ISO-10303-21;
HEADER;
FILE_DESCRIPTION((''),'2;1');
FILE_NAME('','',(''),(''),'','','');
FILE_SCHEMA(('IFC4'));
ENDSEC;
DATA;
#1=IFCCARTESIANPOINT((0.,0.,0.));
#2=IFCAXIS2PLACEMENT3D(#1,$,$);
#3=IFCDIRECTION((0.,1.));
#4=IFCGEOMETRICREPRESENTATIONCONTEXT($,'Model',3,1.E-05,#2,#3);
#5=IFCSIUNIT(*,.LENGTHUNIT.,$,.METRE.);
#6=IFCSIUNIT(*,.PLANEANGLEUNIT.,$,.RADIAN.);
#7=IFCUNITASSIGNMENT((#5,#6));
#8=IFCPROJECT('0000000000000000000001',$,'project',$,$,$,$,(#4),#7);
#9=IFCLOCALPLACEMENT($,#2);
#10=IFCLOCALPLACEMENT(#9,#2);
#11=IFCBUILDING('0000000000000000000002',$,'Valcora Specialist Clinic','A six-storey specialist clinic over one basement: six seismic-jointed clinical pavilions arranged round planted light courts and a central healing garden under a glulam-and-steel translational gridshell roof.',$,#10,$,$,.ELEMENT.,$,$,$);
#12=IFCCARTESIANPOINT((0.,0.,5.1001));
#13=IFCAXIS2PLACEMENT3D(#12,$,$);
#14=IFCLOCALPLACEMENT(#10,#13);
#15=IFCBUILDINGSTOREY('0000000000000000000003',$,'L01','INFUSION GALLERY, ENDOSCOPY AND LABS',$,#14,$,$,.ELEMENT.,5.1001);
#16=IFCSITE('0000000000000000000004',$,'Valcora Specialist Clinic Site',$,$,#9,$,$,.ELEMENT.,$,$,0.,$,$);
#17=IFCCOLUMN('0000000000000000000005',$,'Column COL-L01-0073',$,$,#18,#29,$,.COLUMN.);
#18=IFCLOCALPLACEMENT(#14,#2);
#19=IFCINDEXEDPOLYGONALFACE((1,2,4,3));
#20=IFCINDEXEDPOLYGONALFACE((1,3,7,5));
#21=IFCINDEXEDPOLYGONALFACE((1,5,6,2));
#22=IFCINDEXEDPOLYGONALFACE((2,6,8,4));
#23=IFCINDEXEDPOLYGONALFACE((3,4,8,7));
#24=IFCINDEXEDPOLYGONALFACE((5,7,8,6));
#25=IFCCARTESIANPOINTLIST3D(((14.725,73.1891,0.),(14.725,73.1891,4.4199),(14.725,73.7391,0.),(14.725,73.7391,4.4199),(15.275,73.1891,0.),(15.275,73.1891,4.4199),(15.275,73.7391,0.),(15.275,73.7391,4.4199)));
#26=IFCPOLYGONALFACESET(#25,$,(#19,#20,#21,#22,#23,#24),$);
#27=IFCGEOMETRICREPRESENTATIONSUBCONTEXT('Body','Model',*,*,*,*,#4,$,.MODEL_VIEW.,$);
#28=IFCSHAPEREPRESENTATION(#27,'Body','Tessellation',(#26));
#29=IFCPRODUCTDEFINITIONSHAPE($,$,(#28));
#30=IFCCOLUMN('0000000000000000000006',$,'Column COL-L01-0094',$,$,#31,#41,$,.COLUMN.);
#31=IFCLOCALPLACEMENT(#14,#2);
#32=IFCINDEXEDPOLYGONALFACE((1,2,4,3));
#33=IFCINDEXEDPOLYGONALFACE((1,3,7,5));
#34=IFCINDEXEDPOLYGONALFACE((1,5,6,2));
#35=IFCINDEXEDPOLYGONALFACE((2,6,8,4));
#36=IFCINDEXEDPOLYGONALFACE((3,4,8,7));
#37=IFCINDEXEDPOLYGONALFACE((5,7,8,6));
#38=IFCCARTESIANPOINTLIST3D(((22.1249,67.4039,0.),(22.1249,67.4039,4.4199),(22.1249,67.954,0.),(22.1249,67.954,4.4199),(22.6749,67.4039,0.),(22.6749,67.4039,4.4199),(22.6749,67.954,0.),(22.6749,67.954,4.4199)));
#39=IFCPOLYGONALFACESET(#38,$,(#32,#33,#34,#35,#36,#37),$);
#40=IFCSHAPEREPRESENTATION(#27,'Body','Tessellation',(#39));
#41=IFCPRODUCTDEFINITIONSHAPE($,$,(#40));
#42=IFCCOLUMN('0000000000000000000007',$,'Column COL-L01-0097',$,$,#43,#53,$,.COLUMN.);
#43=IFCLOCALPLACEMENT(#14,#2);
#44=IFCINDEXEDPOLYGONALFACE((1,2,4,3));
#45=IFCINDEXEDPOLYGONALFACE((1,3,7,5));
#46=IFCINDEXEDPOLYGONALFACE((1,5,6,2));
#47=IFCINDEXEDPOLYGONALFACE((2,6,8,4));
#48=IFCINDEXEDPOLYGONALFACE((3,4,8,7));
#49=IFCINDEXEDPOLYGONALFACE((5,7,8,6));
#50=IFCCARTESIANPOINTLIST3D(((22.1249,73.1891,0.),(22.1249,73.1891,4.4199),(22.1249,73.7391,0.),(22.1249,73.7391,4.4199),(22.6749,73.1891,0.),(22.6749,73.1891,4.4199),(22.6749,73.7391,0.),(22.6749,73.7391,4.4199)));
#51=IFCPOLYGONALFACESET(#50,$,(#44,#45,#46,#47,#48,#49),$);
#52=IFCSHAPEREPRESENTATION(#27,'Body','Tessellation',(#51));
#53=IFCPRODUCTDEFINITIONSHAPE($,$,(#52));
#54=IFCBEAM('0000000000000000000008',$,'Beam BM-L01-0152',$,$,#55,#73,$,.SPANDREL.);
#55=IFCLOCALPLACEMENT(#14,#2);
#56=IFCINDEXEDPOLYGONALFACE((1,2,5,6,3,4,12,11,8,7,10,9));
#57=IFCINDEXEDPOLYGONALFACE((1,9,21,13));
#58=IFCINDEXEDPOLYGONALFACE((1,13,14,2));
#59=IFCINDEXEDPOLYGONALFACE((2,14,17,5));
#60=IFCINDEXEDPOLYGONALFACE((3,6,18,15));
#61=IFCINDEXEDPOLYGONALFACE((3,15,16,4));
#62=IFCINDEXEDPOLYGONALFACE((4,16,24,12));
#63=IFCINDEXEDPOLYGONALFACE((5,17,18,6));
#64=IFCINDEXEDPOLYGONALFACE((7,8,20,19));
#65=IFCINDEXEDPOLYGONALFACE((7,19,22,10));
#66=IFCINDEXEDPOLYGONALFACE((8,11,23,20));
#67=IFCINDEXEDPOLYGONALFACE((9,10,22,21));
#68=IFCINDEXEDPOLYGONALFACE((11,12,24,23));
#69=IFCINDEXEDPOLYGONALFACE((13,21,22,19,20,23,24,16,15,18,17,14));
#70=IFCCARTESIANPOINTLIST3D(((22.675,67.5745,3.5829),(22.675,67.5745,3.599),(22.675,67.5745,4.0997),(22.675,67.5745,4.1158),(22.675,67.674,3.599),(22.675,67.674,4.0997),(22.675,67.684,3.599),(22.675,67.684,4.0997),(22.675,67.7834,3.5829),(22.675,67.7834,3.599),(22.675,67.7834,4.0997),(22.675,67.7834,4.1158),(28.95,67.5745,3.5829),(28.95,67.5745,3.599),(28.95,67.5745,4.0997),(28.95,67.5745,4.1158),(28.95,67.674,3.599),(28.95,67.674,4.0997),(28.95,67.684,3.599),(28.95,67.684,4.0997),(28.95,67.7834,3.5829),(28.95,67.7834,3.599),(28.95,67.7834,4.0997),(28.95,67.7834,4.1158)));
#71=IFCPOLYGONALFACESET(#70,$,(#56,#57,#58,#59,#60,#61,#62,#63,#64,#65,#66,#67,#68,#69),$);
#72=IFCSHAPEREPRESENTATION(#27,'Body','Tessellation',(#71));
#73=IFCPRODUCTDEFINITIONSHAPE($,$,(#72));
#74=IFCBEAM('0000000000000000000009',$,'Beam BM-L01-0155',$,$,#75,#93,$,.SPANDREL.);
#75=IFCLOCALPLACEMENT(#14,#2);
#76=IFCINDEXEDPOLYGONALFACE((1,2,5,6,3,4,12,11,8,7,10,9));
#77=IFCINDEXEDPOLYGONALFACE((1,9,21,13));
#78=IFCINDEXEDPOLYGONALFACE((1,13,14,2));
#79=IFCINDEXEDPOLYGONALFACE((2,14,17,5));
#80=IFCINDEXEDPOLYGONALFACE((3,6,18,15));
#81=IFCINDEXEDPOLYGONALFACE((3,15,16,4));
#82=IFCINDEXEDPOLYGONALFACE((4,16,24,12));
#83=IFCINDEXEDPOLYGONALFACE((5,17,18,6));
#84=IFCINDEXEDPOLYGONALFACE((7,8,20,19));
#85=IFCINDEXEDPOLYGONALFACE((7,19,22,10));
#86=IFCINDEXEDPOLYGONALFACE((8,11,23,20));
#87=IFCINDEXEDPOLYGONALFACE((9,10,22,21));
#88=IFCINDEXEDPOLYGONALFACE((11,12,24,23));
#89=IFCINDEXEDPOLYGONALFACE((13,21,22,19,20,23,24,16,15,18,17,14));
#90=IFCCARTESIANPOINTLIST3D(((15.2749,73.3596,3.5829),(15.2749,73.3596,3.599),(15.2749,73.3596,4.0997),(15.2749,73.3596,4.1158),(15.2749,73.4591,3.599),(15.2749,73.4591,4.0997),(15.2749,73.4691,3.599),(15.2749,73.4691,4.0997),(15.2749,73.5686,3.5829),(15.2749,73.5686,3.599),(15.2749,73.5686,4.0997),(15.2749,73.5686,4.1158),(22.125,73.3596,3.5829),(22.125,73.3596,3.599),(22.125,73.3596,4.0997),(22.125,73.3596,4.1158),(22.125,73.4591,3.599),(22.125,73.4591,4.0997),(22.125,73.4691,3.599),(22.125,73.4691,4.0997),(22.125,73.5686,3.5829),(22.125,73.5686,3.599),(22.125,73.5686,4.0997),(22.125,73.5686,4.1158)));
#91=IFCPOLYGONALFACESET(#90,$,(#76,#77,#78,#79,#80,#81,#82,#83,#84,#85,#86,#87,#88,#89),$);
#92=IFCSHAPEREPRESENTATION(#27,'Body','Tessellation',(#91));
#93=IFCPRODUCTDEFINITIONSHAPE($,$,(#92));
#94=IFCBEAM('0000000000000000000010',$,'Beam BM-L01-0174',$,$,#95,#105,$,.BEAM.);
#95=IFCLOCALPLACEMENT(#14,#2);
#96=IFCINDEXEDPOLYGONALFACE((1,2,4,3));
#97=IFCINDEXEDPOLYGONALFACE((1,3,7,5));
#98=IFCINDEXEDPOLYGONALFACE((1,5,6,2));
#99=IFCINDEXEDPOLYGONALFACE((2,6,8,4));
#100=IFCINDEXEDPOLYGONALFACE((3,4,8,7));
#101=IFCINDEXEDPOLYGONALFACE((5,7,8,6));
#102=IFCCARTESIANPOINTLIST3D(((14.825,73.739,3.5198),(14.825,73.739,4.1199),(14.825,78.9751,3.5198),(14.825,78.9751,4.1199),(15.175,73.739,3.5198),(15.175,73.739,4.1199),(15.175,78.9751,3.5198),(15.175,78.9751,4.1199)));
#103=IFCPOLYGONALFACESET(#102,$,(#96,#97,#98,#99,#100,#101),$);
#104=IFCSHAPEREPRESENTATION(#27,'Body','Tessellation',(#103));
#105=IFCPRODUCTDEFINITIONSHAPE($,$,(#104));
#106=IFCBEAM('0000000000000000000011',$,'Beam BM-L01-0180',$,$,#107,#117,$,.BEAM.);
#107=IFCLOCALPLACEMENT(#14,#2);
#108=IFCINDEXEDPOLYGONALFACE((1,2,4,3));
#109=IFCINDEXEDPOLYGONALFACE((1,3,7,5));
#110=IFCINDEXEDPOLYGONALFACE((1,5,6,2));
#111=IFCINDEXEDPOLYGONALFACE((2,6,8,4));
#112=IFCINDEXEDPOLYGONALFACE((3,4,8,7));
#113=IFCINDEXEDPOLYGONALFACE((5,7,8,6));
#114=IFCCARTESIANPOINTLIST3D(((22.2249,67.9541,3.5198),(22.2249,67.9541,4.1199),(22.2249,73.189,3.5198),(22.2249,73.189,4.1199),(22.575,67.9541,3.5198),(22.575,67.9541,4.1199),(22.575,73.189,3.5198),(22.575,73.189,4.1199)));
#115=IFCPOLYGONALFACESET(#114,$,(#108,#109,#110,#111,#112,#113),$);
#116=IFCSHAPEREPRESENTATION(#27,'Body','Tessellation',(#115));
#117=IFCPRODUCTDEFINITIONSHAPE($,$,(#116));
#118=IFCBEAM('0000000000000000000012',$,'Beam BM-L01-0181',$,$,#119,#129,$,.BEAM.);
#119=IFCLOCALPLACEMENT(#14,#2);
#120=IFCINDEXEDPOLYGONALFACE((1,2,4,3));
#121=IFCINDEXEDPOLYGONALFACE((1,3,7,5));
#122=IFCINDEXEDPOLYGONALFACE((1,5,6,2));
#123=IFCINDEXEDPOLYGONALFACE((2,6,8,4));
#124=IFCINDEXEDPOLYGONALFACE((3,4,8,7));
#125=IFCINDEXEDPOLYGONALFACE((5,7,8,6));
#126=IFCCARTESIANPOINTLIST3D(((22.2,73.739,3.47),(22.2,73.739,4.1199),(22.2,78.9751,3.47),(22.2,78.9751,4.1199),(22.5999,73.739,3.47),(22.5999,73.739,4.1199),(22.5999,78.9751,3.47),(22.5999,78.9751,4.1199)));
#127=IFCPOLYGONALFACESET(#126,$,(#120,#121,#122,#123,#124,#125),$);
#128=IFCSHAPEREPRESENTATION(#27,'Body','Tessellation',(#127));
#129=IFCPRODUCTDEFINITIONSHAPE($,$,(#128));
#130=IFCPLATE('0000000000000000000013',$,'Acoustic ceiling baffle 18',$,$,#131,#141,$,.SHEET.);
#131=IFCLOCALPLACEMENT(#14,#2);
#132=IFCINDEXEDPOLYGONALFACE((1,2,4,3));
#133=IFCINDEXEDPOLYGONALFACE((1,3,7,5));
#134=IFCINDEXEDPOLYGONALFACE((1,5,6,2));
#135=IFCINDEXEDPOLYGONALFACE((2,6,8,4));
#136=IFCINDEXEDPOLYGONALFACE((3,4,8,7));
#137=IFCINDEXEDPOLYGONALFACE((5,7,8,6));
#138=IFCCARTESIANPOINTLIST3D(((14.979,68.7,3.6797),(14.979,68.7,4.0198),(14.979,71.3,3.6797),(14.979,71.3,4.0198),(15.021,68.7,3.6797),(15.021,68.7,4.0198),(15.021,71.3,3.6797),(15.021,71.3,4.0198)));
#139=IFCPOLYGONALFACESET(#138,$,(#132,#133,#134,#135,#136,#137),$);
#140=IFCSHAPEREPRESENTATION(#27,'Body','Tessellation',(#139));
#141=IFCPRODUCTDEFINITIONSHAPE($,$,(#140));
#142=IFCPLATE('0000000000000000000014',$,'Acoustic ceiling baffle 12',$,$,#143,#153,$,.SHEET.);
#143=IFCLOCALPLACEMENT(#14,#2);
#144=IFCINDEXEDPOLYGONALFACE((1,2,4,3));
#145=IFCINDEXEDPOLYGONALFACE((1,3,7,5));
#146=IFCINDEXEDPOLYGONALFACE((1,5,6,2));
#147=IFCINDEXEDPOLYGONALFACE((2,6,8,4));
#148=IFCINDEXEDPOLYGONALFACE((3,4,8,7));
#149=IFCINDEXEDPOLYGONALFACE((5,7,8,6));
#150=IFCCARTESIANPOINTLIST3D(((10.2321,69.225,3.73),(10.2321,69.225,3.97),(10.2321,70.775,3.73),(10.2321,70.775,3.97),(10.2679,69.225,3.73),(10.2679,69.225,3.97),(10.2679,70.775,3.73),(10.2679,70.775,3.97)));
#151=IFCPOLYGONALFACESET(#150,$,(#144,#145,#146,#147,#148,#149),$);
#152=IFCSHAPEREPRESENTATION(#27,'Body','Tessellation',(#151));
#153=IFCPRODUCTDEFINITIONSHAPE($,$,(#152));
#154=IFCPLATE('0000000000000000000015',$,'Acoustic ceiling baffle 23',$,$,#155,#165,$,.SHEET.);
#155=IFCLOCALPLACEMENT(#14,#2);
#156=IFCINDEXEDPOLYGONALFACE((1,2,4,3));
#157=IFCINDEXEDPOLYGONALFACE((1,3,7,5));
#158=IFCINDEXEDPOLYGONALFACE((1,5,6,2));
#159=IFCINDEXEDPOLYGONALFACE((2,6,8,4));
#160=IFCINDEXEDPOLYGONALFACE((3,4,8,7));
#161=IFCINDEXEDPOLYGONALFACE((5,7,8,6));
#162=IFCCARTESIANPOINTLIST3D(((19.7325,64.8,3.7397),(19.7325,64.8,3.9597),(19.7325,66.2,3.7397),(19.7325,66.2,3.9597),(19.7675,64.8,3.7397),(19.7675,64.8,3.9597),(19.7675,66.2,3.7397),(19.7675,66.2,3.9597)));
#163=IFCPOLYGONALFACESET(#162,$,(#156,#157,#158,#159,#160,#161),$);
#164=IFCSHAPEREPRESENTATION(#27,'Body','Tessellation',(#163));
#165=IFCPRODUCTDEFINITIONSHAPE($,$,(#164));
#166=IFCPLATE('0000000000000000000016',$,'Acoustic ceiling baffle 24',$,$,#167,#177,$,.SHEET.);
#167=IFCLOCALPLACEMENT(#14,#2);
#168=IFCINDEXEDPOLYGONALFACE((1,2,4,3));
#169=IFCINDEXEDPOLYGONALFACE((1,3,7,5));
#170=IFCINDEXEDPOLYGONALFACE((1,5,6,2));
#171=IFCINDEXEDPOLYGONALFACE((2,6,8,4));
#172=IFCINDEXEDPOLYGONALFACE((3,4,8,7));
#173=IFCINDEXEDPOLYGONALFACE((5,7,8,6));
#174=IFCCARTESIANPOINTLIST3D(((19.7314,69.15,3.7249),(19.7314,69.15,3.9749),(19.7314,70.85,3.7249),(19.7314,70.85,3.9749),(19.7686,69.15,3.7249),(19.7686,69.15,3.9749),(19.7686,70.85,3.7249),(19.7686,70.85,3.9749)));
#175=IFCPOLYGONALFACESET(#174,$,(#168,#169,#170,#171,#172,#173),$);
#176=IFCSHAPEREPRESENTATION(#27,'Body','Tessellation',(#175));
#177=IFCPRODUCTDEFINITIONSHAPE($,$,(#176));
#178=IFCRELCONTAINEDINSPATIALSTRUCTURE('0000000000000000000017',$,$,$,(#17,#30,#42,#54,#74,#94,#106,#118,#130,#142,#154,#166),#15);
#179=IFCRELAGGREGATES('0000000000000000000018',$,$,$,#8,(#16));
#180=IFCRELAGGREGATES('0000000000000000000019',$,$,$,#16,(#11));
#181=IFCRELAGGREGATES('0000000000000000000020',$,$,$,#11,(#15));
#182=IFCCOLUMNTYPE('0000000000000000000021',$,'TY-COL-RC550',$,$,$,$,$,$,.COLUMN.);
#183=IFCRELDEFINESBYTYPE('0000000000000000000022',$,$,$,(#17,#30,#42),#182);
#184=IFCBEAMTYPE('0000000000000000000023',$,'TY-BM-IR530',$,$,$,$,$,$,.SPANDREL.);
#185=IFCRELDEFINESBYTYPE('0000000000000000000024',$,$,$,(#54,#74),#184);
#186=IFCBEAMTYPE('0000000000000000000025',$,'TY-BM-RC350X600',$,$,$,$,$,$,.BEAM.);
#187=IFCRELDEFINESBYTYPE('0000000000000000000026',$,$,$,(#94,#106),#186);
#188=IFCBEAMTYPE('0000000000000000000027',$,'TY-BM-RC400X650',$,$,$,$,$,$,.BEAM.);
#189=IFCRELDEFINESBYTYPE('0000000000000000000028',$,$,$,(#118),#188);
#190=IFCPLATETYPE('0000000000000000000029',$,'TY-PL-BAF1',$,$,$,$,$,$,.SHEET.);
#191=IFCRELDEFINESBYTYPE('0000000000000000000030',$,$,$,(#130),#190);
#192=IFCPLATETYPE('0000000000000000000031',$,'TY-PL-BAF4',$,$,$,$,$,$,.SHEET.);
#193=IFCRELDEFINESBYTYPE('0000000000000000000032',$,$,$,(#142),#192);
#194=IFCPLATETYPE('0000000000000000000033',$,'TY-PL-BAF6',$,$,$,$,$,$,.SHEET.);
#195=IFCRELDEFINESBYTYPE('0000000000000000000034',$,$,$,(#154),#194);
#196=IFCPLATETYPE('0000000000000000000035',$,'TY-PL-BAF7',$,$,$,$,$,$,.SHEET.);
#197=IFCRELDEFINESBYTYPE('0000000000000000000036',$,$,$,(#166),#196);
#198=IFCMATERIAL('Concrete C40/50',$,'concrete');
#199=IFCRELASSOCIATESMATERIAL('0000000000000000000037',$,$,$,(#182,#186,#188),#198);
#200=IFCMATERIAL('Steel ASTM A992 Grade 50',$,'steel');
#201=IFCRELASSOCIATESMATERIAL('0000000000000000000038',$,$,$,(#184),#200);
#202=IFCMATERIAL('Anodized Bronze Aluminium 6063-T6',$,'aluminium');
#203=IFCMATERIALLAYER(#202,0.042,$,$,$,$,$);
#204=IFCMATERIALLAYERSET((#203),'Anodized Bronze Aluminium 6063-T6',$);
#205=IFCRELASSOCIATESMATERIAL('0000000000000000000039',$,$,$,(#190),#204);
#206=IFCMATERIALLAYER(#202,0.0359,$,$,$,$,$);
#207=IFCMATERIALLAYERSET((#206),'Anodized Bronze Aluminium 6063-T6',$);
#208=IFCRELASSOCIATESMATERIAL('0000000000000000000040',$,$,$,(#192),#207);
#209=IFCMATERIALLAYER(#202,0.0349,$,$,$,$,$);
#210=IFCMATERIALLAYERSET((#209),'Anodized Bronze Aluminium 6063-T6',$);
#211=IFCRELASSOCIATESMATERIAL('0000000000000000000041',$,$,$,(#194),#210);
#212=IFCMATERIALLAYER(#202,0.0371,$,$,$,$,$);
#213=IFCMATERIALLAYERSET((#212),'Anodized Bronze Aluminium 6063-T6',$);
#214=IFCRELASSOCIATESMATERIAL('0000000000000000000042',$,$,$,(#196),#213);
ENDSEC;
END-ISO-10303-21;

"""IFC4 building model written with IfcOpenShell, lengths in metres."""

from ifc_helpers import new_model, si_unit, direction, frame, origin, origin_2d, place, context, subcontext, project, spatial, rectangle, i_section, extrude, material, layer, layer_set, material_profile, profile_set, type_object, element, save


model = new_model("IFC4")

# Units and contexts
model_context = context("Model", 3, precision=1e-05, world=origin(), true_north=direction((0.0, 1.0)))
body_context = subcontext(model_context, "Body", "Model", "MODEL_VIEW")
ifc_project = project(units=[si_unit("LENGTHUNIT", "METRE"), si_unit("PLANEANGLEUNIT", "RADIAN")], contexts=[model_context])

# Site, building, storey
site_placement = place(None, origin())
site = spatial("IfcSite", under=ifc_project, at=site_placement, Name="Valcora Specialist Clinic Site", CompositionType="ELEMENT", RefElevation=0.0)
building_placement = place(site_placement, origin())
building = spatial("IfcBuilding", under=site, at=building_placement, Name="Valcora Specialist Clinic", Description="A six-storey specialist clinic over one basement: six seismic-jointed clinical pavilions arranged round planted light courts and a central healing garden under a glulam-and-steel translational gridshell roof.", CompositionType="ELEMENT")
storey_placement = place(building_placement, frame((0.0, 0.0, 5.1001)))
storey = spatial("IfcBuildingStorey", under=building, at=storey_placement, Name="L01", Description="INFUSION GALLERY, ENDOSCOPY AND LABS", CompositionType="ELEMENT", Elevation=5.1001)

# Columns
ifc_material_1 = material(Name="Concrete C40/50", Category="concrete")
ifc_material_profile_1 = material_profile(ifc_material_1, rectangle(XDim=0.55, YDim=0.55, at=origin_2d()), Name="RC-COL-550X550")
ifc_profile_set_1 = profile_set([ifc_material_profile_1], Name="Concrete C40/50")
column_type = type_object("IfcColumnType", Name="TY-COL-RC550", PredefinedType="COLUMN", material=ifc_profile_set_1)
for number, where, z_axis, x_axis, name in (
    (1, (15.0, 73.4641, 0.0), (0.0, 0.0, 1.0), (1.0, 0.0, 0.0), "Column COL-L01-0073"),
    (2, (22.3999, 67.679, 0.0), (0.0, 0.0, 1.0), (1.0, 0.0, 0.0), "Column COL-L01-0094"),
    (3, (22.3999, 73.4641, 0.0), (0.0, 0.0, 1.0), (1.0, 0.0, 0.0), "Column COL-L01-0097"),
):
    element("IfcColumn", number, at=place(storey_placement, frame(where, z_axis=z_axis, x_axis=x_axis)), inside=storey, type_object=column_type, Name=name, PredefinedType="COLUMN", context=body_context, shape_type="SweptSolid", body=[
        extrude(rectangle(XDim=0.55, YDim=0.55, at=origin_2d()), origin(), (0.0, 0.0, 1.0), 4.4199),
    ])

# Beams
ifc_material_2 = material(Name="Steel ASTM A992 Grade 50", Category="steel")
ifc_material_profile_2 = material_profile(ifc_material_2, i_section(OverallWidth=0.209, OverallDepth=0.533, WebThickness=0.01, FlangeThickness=0.0161, at=origin_2d()), Name="ST-IR-530X210")
ifc_profile_set_2 = profile_set([ifc_material_profile_2], Name="Steel ASTM A992 Grade 50")
beam_type_1 = type_object("IfcBeamType", Name="TY-BM-IR530", PredefinedType="SPANDREL", material=ifc_profile_set_2)
beam_1_placement = place(storey_placement, frame((22.675, 67.679, 3.8494), z_axis=(1.0, 0.0, 0.0), x_axis=(0.0, 1.0, 0.0)))
element("IfcBeam", 4, at=beam_1_placement, inside=storey, type_object=beam_type_1, Name="Beam BM-L01-0152", PredefinedType="SPANDREL", context=body_context, shape_type="SweptSolid", body=[
    extrude(i_section(OverallWidth=0.209, OverallDepth=0.533, WebThickness=0.01, FlangeThickness=0.0161, at=origin_2d()), origin(), (0.0, 0.0, 1.0), 6.2749),
])
beam_2_placement = place(storey_placement, frame((15.2749, 73.4641, 3.8494), z_axis=(1.0, 0.0, 0.0), x_axis=(0.0, 1.0, 0.0)))
element("IfcBeam", 5, at=beam_2_placement, inside=storey, type_object=beam_type_1, Name="Beam BM-L01-0155", PredefinedType="SPANDREL", context=body_context, shape_type="SweptSolid", body=[
    extrude(i_section(OverallWidth=0.209, OverallDepth=0.533, WebThickness=0.01, FlangeThickness=0.0161, at=origin_2d()), origin(), (0.0, 0.0, 1.0), 6.8501),
])
ifc_material_profile_3 = material_profile(ifc_material_1, rectangle(XDim=0.3501, YDim=0.6001, at=origin_2d()), Name="RC-BM-350X600")
ifc_profile_set_3 = profile_set([ifc_material_profile_3], Name="Concrete C40/50")
beam_type_2 = type_object("IfcBeamType", Name="TY-BM-RC350X600", PredefinedType="BEAM", material=ifc_profile_set_3)
beam_3_placement = place(storey_placement, frame((15.0, 73.739, 3.8198), z_axis=(0.0, 1.0, 0.0), x_axis=(-1.0, 0.0, 0.0)))
element("IfcBeam", 6, at=beam_3_placement, inside=storey, type_object=beam_type_2, Name="Beam BM-L01-0174", PredefinedType="BEAM", context=body_context, shape_type="SweptSolid", body=[
    extrude(rectangle(XDim=0.3501, YDim=0.6001, at=origin_2d()), origin(), (0.0, 0.0, 1.0), 5.2361),
])
beam_4_placement = place(storey_placement, frame((22.3999, 67.9541, 3.8198), z_axis=(0.0, 1.0, 0.0), x_axis=(-1.0, 0.0, 0.0)))
element("IfcBeam", 7, at=beam_4_placement, inside=storey, type_object=beam_type_2, Name="Beam BM-L01-0180", PredefinedType="BEAM", context=body_context, shape_type="SweptSolid", body=[
    extrude(rectangle(XDim=0.3501, YDim=0.6001, at=origin_2d()), origin(), (0.0, 0.0, 1.0), 5.2349),
])
ifc_material_profile_4 = material_profile(ifc_material_1, rectangle(XDim=0.3999, YDim=0.6499, at=origin_2d()), Name="RC-BM-400X650")
ifc_profile_set_4 = profile_set([ifc_material_profile_4], Name="Concrete C40/50")
beam_type_3 = type_object("IfcBeamType", Name="TY-BM-RC400X650", PredefinedType="BEAM", material=ifc_profile_set_4)
beam_5_placement = place(storey_placement, frame((22.3999, 73.739, 3.7949), z_axis=(0.0, 1.0, 0.0), x_axis=(-1.0, 0.0, 0.0)))
element("IfcBeam", 8, at=beam_5_placement, inside=storey, type_object=beam_type_3, Name="Beam BM-L01-0181", PredefinedType="BEAM", context=body_context, shape_type="SweptSolid", body=[
    extrude(rectangle(XDim=0.3999, YDim=0.6499, at=origin_2d()), origin(), (0.0, 0.0, 1.0), 5.2361),
])

# Plates
ifc_material_3 = material(Name="Anodized Bronze Aluminium 6063-T6", Category="aluminium")
ifc_layer_1 = layer(ifc_material_3, 0.042)
ifc_layer_set_1 = layer_set([ifc_layer_1], Name="Anodized Bronze Aluminium 6063-T6")
plate_type_1 = type_object("IfcPlateType", Name="TY-PL-BAF1", PredefinedType="SHEET", material=ifc_layer_set_1)
plate_1_placement = place(storey_placement, frame((15.0, 70.0, 3.6797), z_axis=(0.0, 0.0, 1.0), x_axis=(0.0, 1.0, 0.0)))
element("IfcPlate", 9, at=plate_1_placement, inside=storey, type_object=plate_type_1, Name="Acoustic ceiling baffle 18", PredefinedType="SHEET", context=body_context, shape_type="SweptSolid", body=[
    extrude(rectangle(XDim=2.6001, YDim=0.042, at=origin_2d()), origin(), (0.0, 0.0, 1.0), 0.3401),
])
ifc_layer_2 = layer(ifc_material_3, 0.0359)
ifc_layer_set_2 = layer_set([ifc_layer_2], Name="Anodized Bronze Aluminium 6063-T6")
plate_type_2 = type_object("IfcPlateType", Name="TY-PL-BAF4", PredefinedType="SHEET", material=ifc_layer_set_2)
plate_2_placement = place(storey_placement, frame((10.25, 70.0, 3.73), z_axis=(0.0, 0.0, 1.0), x_axis=(0.0, 1.0, 0.0)))
element("IfcPlate", 10, at=plate_2_placement, inside=storey, type_object=plate_type_2, Name="Acoustic ceiling baffle 12", PredefinedType="SHEET", context=body_context, shape_type="SweptSolid", body=[
    extrude(rectangle(XDim=1.55, YDim=0.0359, at=origin_2d()), origin(), (0.0, 0.0, 1.0), 0.24),
])
ifc_layer_3 = layer(ifc_material_3, 0.0349)
ifc_layer_set_3 = layer_set([ifc_layer_3], Name="Anodized Bronze Aluminium 6063-T6")
plate_type_3 = type_object("IfcPlateType", Name="TY-PL-BAF6", PredefinedType="SHEET", material=ifc_layer_set_3)
plate_3_placement = place(storey_placement, frame((19.75, 65.5, 3.7397), z_axis=(0.0, 0.0, 1.0), x_axis=(0.0, 1.0, 0.0)))
element("IfcPlate", 11, at=plate_3_placement, inside=storey, type_object=plate_type_3, Name="Acoustic ceiling baffle 23", PredefinedType="SHEET", context=body_context, shape_type="SweptSolid", body=[
    extrude(rectangle(XDim=1.3999, YDim=0.0349, at=origin_2d()), origin(), (0.0, 0.0, 1.0), 0.22),
])
ifc_layer_4 = layer(ifc_material_3, 0.0371)
ifc_layer_set_4 = layer_set([ifc_layer_4], Name="Anodized Bronze Aluminium 6063-T6")
plate_type_4 = type_object("IfcPlateType", Name="TY-PL-BAF7", PredefinedType="SHEET", material=ifc_layer_set_4)
plate_4_placement = place(storey_placement, frame((19.75, 70.0, 3.7249), z_axis=(0.0, 0.0, 1.0), x_axis=(0.0, 1.0, 0.0)))
element("IfcPlate", 12, at=plate_4_placement, inside=storey, type_object=plate_type_4, Name="Acoustic ceiling baffle 24", PredefinedType="SHEET", context=body_context, shape_type="SweptSolid", body=[
    extrude(rectangle(XDim=1.7, YDim=0.0371, at=origin_2d()), origin(), (0.0, 0.0, 1.0), 0.25),
])

save(model, "model.ifc")
